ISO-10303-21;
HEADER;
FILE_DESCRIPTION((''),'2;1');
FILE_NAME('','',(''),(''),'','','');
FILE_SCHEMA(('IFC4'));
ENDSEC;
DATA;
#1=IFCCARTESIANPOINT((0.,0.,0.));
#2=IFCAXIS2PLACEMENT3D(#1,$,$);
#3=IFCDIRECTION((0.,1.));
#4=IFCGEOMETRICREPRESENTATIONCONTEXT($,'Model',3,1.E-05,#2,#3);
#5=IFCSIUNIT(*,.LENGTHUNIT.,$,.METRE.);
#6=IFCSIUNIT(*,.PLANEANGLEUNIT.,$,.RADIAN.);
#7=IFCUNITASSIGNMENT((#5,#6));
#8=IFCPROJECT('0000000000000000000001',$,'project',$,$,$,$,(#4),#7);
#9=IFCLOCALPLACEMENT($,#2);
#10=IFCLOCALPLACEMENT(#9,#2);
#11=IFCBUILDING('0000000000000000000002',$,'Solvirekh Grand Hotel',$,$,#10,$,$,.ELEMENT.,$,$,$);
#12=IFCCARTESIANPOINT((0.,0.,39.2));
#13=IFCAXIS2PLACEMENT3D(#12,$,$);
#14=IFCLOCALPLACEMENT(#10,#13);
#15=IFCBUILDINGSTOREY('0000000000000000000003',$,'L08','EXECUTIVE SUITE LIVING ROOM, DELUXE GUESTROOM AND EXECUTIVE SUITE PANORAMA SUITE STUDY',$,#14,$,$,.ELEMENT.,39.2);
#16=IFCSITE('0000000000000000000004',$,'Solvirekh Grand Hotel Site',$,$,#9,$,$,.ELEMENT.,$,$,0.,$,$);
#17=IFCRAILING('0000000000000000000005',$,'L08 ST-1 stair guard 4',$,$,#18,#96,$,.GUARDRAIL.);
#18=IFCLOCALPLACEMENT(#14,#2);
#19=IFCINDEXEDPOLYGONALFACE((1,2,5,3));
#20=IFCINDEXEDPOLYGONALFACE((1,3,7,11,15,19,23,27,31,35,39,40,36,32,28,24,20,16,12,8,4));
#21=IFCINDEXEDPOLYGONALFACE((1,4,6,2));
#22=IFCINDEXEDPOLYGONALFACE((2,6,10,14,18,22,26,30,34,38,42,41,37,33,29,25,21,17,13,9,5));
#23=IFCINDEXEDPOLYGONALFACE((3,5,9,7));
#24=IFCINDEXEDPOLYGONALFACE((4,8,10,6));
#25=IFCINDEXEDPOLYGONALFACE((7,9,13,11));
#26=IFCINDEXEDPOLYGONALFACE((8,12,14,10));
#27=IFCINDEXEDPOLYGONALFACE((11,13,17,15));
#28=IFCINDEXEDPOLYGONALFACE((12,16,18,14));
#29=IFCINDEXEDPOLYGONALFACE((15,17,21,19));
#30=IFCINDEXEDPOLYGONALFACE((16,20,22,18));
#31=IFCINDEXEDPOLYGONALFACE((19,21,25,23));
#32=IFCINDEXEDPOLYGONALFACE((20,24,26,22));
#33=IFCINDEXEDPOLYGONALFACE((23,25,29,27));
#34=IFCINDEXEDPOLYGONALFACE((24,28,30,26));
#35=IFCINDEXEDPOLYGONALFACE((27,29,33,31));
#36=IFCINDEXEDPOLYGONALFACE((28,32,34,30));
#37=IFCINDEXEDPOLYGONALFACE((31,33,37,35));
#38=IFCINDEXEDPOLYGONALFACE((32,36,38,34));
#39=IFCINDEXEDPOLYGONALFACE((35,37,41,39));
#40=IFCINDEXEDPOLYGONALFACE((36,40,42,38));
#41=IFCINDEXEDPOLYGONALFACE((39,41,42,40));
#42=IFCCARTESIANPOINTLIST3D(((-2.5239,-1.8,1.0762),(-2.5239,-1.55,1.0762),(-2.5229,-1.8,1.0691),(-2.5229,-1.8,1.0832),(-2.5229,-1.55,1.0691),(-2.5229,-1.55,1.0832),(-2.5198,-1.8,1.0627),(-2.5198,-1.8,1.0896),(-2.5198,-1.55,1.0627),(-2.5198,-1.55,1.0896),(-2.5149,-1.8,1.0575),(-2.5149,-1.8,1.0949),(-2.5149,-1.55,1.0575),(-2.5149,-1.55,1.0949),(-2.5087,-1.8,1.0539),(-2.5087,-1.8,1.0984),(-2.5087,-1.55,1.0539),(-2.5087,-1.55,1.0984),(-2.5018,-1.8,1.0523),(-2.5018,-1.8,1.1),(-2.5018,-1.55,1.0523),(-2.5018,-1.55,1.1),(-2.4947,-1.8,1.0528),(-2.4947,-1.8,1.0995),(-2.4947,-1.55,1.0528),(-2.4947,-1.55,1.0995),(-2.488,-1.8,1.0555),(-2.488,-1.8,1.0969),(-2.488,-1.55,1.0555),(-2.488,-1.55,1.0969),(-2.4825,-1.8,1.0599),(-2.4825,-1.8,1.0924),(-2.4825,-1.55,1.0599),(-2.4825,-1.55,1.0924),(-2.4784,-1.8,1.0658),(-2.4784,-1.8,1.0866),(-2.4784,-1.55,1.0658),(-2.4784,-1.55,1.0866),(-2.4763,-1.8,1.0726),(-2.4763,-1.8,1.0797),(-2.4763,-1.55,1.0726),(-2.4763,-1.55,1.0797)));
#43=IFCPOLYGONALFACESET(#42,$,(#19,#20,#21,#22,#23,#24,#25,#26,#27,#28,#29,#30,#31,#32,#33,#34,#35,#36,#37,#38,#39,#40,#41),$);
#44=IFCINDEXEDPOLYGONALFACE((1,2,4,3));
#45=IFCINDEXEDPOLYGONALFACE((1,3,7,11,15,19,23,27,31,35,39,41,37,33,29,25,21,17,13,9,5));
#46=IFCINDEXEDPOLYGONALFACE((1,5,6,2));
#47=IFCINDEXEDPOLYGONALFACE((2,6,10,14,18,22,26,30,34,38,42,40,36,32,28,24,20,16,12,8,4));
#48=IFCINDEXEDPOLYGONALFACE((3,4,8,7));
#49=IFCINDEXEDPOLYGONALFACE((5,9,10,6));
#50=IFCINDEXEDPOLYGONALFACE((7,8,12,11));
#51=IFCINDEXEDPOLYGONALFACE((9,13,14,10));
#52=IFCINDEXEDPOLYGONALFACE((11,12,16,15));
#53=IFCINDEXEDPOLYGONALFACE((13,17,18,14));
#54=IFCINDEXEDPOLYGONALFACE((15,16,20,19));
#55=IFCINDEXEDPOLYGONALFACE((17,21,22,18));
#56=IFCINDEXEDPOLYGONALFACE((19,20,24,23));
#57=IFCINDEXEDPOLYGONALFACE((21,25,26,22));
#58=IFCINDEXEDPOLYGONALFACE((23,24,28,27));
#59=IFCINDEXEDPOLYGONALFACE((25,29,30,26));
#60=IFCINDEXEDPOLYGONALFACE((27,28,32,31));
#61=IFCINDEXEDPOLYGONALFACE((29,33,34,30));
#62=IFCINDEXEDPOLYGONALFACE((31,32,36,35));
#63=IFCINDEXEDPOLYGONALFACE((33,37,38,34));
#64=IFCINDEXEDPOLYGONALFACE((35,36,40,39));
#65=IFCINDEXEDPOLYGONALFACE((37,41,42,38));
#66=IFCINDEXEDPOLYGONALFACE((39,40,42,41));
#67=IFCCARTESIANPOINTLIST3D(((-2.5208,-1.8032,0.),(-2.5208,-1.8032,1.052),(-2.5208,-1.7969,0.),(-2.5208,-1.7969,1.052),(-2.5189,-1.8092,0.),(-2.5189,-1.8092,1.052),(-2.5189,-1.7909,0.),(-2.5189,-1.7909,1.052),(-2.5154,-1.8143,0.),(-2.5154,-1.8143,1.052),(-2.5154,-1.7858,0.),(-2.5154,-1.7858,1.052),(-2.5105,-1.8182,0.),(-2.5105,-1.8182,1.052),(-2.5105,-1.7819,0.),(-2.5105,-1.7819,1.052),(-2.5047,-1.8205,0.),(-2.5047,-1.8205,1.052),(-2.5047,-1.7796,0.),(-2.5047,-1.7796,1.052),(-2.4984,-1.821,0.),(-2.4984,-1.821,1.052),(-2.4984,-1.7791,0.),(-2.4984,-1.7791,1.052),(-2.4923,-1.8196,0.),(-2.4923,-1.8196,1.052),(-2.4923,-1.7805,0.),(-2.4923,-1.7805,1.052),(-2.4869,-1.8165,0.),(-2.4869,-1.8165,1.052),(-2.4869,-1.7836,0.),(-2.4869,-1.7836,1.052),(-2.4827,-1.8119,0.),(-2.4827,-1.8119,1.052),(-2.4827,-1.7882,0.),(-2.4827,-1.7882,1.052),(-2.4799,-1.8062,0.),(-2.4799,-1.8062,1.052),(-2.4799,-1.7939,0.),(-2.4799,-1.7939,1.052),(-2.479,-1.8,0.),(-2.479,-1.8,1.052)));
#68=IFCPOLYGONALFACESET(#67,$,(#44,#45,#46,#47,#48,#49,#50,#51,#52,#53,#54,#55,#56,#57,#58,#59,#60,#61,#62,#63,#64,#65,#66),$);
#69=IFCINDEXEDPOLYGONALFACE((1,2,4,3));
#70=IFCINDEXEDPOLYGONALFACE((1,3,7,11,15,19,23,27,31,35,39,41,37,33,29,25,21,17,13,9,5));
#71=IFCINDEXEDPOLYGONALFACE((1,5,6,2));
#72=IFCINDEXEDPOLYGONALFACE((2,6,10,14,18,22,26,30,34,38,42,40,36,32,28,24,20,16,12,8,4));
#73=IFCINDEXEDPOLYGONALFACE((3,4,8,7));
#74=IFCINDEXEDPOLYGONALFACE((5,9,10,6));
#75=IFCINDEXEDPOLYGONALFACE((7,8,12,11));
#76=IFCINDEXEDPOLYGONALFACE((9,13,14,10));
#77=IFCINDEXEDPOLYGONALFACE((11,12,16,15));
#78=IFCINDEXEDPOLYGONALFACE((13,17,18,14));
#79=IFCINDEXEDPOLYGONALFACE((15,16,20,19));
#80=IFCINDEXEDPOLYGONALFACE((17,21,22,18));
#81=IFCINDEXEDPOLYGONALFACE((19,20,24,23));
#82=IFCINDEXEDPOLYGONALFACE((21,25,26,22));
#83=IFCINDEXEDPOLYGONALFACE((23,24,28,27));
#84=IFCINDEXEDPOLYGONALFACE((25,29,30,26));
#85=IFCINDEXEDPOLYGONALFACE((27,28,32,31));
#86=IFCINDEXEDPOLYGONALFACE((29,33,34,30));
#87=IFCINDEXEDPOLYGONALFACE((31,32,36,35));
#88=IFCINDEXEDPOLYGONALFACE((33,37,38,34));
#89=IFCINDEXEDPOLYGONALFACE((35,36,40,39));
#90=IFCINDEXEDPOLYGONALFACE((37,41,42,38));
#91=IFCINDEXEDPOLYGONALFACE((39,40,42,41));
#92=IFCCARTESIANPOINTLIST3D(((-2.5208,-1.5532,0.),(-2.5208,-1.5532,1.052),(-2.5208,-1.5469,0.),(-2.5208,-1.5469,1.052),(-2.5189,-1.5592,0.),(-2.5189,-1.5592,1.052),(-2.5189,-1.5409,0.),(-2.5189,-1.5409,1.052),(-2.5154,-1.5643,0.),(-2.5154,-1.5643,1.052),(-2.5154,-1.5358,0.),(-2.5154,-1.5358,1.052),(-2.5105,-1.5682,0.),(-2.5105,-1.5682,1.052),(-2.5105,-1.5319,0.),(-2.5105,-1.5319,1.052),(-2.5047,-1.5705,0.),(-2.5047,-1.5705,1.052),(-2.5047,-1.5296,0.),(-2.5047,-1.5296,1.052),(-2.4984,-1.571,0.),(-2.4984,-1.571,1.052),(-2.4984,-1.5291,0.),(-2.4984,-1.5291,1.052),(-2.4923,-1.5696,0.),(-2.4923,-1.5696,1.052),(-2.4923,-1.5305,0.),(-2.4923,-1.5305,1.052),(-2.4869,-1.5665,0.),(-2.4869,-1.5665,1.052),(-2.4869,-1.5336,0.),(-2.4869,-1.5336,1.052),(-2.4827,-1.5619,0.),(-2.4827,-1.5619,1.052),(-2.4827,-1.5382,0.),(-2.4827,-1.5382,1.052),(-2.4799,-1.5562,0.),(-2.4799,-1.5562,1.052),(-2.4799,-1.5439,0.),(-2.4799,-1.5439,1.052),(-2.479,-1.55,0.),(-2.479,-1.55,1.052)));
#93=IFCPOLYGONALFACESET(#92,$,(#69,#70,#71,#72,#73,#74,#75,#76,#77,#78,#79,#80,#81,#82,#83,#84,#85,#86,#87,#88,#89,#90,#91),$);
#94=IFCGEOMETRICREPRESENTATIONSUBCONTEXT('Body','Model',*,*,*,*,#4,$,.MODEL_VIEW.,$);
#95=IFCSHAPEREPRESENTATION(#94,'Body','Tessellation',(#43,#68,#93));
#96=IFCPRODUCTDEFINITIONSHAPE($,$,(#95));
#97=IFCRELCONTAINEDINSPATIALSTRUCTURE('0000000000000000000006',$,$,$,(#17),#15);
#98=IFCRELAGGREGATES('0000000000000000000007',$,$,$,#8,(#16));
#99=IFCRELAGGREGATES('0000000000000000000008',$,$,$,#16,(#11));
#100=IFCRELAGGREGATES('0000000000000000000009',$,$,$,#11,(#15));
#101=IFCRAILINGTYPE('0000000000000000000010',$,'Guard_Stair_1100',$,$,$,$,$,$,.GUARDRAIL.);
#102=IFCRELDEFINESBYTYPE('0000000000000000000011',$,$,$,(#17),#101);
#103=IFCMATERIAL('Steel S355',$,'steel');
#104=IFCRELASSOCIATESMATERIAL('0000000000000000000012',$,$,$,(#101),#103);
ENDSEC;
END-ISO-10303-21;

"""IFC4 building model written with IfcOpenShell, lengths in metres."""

from ifc_helpers import new_model, si_unit, direction, frame, origin, origin_2d, place, context, subcontext, project, spatial, circle, extrude, material, type_object, element, save


model = new_model("IFC4")

# Units and contexts
model_context = context("Model", 3, precision=1e-05, world=origin(), true_north=direction((0.0, 1.0)))
body_context = subcontext(model_context, "Body", "Model", "MODEL_VIEW")
ifc_project = project(units=[si_unit("LENGTHUNIT", "METRE"), si_unit("PLANEANGLEUNIT", "RADIAN")], contexts=[model_context])

# Site, building, storey
site_placement = place(None, origin())
site = spatial("IfcSite", under=ifc_project, at=site_placement, Name="Solvirekh Grand Hotel Site", CompositionType="ELEMENT", RefElevation=0.0)
building_placement = place(site_placement, origin())
building = spatial("IfcBuilding", under=site, at=building_placement, Name="Solvirekh Grand Hotel", CompositionType="ELEMENT")
storey_placement = place(building_placement, frame((0.0, 0.0, 39.2)))
storey = spatial("IfcBuildingStorey", under=building, at=storey_placement, Name="L08", Description="EXECUTIVE SUITE LIVING ROOM, DELUXE GUESTROOM AND EXECUTIVE SUITE PANORAMA SUITE STUDY", CompositionType="ELEMENT", Elevation=39.2)

# Railing
ifc_material_1 = material(Name="Steel S355", Category="steel")
railing_type_1 = type_object("IfcRailingType", Name="Guard_Stair_1100", PredefinedType="GUARDRAIL", material=ifc_material_1)
railing_1_placement = place(storey_placement, frame((-2.5, -1.8, 0.0)))
element("IfcRailing", 1, at=railing_1_placement, inside=storey, type_object=railing_type_1, Name="L08 ST-1 stair guard 4", PredefinedType="GUARDRAIL", context=body_context, shape_type="SweptSolid", body=[
    extrude(circle(Radius=0.0239, at=origin_2d()), frame((0.0, 0.0, 1.0762), z_axis=(0.0, 1.0, 0.0), x_axis=(-1.0, 0.0, 0.0)), (0.0, 0.0, 1.0), 0.25),
    extrude(circle(Radius=0.021, at=origin_2d()), origin(), (0.0, 0.0, 1.0), 1.052),
    extrude(circle(Radius=0.021, at=origin_2d()), frame((0.0, 0.25, 0.0)), (0.0, 0.0, 1.0), 1.052),
])

save(model, "model.ifc")
